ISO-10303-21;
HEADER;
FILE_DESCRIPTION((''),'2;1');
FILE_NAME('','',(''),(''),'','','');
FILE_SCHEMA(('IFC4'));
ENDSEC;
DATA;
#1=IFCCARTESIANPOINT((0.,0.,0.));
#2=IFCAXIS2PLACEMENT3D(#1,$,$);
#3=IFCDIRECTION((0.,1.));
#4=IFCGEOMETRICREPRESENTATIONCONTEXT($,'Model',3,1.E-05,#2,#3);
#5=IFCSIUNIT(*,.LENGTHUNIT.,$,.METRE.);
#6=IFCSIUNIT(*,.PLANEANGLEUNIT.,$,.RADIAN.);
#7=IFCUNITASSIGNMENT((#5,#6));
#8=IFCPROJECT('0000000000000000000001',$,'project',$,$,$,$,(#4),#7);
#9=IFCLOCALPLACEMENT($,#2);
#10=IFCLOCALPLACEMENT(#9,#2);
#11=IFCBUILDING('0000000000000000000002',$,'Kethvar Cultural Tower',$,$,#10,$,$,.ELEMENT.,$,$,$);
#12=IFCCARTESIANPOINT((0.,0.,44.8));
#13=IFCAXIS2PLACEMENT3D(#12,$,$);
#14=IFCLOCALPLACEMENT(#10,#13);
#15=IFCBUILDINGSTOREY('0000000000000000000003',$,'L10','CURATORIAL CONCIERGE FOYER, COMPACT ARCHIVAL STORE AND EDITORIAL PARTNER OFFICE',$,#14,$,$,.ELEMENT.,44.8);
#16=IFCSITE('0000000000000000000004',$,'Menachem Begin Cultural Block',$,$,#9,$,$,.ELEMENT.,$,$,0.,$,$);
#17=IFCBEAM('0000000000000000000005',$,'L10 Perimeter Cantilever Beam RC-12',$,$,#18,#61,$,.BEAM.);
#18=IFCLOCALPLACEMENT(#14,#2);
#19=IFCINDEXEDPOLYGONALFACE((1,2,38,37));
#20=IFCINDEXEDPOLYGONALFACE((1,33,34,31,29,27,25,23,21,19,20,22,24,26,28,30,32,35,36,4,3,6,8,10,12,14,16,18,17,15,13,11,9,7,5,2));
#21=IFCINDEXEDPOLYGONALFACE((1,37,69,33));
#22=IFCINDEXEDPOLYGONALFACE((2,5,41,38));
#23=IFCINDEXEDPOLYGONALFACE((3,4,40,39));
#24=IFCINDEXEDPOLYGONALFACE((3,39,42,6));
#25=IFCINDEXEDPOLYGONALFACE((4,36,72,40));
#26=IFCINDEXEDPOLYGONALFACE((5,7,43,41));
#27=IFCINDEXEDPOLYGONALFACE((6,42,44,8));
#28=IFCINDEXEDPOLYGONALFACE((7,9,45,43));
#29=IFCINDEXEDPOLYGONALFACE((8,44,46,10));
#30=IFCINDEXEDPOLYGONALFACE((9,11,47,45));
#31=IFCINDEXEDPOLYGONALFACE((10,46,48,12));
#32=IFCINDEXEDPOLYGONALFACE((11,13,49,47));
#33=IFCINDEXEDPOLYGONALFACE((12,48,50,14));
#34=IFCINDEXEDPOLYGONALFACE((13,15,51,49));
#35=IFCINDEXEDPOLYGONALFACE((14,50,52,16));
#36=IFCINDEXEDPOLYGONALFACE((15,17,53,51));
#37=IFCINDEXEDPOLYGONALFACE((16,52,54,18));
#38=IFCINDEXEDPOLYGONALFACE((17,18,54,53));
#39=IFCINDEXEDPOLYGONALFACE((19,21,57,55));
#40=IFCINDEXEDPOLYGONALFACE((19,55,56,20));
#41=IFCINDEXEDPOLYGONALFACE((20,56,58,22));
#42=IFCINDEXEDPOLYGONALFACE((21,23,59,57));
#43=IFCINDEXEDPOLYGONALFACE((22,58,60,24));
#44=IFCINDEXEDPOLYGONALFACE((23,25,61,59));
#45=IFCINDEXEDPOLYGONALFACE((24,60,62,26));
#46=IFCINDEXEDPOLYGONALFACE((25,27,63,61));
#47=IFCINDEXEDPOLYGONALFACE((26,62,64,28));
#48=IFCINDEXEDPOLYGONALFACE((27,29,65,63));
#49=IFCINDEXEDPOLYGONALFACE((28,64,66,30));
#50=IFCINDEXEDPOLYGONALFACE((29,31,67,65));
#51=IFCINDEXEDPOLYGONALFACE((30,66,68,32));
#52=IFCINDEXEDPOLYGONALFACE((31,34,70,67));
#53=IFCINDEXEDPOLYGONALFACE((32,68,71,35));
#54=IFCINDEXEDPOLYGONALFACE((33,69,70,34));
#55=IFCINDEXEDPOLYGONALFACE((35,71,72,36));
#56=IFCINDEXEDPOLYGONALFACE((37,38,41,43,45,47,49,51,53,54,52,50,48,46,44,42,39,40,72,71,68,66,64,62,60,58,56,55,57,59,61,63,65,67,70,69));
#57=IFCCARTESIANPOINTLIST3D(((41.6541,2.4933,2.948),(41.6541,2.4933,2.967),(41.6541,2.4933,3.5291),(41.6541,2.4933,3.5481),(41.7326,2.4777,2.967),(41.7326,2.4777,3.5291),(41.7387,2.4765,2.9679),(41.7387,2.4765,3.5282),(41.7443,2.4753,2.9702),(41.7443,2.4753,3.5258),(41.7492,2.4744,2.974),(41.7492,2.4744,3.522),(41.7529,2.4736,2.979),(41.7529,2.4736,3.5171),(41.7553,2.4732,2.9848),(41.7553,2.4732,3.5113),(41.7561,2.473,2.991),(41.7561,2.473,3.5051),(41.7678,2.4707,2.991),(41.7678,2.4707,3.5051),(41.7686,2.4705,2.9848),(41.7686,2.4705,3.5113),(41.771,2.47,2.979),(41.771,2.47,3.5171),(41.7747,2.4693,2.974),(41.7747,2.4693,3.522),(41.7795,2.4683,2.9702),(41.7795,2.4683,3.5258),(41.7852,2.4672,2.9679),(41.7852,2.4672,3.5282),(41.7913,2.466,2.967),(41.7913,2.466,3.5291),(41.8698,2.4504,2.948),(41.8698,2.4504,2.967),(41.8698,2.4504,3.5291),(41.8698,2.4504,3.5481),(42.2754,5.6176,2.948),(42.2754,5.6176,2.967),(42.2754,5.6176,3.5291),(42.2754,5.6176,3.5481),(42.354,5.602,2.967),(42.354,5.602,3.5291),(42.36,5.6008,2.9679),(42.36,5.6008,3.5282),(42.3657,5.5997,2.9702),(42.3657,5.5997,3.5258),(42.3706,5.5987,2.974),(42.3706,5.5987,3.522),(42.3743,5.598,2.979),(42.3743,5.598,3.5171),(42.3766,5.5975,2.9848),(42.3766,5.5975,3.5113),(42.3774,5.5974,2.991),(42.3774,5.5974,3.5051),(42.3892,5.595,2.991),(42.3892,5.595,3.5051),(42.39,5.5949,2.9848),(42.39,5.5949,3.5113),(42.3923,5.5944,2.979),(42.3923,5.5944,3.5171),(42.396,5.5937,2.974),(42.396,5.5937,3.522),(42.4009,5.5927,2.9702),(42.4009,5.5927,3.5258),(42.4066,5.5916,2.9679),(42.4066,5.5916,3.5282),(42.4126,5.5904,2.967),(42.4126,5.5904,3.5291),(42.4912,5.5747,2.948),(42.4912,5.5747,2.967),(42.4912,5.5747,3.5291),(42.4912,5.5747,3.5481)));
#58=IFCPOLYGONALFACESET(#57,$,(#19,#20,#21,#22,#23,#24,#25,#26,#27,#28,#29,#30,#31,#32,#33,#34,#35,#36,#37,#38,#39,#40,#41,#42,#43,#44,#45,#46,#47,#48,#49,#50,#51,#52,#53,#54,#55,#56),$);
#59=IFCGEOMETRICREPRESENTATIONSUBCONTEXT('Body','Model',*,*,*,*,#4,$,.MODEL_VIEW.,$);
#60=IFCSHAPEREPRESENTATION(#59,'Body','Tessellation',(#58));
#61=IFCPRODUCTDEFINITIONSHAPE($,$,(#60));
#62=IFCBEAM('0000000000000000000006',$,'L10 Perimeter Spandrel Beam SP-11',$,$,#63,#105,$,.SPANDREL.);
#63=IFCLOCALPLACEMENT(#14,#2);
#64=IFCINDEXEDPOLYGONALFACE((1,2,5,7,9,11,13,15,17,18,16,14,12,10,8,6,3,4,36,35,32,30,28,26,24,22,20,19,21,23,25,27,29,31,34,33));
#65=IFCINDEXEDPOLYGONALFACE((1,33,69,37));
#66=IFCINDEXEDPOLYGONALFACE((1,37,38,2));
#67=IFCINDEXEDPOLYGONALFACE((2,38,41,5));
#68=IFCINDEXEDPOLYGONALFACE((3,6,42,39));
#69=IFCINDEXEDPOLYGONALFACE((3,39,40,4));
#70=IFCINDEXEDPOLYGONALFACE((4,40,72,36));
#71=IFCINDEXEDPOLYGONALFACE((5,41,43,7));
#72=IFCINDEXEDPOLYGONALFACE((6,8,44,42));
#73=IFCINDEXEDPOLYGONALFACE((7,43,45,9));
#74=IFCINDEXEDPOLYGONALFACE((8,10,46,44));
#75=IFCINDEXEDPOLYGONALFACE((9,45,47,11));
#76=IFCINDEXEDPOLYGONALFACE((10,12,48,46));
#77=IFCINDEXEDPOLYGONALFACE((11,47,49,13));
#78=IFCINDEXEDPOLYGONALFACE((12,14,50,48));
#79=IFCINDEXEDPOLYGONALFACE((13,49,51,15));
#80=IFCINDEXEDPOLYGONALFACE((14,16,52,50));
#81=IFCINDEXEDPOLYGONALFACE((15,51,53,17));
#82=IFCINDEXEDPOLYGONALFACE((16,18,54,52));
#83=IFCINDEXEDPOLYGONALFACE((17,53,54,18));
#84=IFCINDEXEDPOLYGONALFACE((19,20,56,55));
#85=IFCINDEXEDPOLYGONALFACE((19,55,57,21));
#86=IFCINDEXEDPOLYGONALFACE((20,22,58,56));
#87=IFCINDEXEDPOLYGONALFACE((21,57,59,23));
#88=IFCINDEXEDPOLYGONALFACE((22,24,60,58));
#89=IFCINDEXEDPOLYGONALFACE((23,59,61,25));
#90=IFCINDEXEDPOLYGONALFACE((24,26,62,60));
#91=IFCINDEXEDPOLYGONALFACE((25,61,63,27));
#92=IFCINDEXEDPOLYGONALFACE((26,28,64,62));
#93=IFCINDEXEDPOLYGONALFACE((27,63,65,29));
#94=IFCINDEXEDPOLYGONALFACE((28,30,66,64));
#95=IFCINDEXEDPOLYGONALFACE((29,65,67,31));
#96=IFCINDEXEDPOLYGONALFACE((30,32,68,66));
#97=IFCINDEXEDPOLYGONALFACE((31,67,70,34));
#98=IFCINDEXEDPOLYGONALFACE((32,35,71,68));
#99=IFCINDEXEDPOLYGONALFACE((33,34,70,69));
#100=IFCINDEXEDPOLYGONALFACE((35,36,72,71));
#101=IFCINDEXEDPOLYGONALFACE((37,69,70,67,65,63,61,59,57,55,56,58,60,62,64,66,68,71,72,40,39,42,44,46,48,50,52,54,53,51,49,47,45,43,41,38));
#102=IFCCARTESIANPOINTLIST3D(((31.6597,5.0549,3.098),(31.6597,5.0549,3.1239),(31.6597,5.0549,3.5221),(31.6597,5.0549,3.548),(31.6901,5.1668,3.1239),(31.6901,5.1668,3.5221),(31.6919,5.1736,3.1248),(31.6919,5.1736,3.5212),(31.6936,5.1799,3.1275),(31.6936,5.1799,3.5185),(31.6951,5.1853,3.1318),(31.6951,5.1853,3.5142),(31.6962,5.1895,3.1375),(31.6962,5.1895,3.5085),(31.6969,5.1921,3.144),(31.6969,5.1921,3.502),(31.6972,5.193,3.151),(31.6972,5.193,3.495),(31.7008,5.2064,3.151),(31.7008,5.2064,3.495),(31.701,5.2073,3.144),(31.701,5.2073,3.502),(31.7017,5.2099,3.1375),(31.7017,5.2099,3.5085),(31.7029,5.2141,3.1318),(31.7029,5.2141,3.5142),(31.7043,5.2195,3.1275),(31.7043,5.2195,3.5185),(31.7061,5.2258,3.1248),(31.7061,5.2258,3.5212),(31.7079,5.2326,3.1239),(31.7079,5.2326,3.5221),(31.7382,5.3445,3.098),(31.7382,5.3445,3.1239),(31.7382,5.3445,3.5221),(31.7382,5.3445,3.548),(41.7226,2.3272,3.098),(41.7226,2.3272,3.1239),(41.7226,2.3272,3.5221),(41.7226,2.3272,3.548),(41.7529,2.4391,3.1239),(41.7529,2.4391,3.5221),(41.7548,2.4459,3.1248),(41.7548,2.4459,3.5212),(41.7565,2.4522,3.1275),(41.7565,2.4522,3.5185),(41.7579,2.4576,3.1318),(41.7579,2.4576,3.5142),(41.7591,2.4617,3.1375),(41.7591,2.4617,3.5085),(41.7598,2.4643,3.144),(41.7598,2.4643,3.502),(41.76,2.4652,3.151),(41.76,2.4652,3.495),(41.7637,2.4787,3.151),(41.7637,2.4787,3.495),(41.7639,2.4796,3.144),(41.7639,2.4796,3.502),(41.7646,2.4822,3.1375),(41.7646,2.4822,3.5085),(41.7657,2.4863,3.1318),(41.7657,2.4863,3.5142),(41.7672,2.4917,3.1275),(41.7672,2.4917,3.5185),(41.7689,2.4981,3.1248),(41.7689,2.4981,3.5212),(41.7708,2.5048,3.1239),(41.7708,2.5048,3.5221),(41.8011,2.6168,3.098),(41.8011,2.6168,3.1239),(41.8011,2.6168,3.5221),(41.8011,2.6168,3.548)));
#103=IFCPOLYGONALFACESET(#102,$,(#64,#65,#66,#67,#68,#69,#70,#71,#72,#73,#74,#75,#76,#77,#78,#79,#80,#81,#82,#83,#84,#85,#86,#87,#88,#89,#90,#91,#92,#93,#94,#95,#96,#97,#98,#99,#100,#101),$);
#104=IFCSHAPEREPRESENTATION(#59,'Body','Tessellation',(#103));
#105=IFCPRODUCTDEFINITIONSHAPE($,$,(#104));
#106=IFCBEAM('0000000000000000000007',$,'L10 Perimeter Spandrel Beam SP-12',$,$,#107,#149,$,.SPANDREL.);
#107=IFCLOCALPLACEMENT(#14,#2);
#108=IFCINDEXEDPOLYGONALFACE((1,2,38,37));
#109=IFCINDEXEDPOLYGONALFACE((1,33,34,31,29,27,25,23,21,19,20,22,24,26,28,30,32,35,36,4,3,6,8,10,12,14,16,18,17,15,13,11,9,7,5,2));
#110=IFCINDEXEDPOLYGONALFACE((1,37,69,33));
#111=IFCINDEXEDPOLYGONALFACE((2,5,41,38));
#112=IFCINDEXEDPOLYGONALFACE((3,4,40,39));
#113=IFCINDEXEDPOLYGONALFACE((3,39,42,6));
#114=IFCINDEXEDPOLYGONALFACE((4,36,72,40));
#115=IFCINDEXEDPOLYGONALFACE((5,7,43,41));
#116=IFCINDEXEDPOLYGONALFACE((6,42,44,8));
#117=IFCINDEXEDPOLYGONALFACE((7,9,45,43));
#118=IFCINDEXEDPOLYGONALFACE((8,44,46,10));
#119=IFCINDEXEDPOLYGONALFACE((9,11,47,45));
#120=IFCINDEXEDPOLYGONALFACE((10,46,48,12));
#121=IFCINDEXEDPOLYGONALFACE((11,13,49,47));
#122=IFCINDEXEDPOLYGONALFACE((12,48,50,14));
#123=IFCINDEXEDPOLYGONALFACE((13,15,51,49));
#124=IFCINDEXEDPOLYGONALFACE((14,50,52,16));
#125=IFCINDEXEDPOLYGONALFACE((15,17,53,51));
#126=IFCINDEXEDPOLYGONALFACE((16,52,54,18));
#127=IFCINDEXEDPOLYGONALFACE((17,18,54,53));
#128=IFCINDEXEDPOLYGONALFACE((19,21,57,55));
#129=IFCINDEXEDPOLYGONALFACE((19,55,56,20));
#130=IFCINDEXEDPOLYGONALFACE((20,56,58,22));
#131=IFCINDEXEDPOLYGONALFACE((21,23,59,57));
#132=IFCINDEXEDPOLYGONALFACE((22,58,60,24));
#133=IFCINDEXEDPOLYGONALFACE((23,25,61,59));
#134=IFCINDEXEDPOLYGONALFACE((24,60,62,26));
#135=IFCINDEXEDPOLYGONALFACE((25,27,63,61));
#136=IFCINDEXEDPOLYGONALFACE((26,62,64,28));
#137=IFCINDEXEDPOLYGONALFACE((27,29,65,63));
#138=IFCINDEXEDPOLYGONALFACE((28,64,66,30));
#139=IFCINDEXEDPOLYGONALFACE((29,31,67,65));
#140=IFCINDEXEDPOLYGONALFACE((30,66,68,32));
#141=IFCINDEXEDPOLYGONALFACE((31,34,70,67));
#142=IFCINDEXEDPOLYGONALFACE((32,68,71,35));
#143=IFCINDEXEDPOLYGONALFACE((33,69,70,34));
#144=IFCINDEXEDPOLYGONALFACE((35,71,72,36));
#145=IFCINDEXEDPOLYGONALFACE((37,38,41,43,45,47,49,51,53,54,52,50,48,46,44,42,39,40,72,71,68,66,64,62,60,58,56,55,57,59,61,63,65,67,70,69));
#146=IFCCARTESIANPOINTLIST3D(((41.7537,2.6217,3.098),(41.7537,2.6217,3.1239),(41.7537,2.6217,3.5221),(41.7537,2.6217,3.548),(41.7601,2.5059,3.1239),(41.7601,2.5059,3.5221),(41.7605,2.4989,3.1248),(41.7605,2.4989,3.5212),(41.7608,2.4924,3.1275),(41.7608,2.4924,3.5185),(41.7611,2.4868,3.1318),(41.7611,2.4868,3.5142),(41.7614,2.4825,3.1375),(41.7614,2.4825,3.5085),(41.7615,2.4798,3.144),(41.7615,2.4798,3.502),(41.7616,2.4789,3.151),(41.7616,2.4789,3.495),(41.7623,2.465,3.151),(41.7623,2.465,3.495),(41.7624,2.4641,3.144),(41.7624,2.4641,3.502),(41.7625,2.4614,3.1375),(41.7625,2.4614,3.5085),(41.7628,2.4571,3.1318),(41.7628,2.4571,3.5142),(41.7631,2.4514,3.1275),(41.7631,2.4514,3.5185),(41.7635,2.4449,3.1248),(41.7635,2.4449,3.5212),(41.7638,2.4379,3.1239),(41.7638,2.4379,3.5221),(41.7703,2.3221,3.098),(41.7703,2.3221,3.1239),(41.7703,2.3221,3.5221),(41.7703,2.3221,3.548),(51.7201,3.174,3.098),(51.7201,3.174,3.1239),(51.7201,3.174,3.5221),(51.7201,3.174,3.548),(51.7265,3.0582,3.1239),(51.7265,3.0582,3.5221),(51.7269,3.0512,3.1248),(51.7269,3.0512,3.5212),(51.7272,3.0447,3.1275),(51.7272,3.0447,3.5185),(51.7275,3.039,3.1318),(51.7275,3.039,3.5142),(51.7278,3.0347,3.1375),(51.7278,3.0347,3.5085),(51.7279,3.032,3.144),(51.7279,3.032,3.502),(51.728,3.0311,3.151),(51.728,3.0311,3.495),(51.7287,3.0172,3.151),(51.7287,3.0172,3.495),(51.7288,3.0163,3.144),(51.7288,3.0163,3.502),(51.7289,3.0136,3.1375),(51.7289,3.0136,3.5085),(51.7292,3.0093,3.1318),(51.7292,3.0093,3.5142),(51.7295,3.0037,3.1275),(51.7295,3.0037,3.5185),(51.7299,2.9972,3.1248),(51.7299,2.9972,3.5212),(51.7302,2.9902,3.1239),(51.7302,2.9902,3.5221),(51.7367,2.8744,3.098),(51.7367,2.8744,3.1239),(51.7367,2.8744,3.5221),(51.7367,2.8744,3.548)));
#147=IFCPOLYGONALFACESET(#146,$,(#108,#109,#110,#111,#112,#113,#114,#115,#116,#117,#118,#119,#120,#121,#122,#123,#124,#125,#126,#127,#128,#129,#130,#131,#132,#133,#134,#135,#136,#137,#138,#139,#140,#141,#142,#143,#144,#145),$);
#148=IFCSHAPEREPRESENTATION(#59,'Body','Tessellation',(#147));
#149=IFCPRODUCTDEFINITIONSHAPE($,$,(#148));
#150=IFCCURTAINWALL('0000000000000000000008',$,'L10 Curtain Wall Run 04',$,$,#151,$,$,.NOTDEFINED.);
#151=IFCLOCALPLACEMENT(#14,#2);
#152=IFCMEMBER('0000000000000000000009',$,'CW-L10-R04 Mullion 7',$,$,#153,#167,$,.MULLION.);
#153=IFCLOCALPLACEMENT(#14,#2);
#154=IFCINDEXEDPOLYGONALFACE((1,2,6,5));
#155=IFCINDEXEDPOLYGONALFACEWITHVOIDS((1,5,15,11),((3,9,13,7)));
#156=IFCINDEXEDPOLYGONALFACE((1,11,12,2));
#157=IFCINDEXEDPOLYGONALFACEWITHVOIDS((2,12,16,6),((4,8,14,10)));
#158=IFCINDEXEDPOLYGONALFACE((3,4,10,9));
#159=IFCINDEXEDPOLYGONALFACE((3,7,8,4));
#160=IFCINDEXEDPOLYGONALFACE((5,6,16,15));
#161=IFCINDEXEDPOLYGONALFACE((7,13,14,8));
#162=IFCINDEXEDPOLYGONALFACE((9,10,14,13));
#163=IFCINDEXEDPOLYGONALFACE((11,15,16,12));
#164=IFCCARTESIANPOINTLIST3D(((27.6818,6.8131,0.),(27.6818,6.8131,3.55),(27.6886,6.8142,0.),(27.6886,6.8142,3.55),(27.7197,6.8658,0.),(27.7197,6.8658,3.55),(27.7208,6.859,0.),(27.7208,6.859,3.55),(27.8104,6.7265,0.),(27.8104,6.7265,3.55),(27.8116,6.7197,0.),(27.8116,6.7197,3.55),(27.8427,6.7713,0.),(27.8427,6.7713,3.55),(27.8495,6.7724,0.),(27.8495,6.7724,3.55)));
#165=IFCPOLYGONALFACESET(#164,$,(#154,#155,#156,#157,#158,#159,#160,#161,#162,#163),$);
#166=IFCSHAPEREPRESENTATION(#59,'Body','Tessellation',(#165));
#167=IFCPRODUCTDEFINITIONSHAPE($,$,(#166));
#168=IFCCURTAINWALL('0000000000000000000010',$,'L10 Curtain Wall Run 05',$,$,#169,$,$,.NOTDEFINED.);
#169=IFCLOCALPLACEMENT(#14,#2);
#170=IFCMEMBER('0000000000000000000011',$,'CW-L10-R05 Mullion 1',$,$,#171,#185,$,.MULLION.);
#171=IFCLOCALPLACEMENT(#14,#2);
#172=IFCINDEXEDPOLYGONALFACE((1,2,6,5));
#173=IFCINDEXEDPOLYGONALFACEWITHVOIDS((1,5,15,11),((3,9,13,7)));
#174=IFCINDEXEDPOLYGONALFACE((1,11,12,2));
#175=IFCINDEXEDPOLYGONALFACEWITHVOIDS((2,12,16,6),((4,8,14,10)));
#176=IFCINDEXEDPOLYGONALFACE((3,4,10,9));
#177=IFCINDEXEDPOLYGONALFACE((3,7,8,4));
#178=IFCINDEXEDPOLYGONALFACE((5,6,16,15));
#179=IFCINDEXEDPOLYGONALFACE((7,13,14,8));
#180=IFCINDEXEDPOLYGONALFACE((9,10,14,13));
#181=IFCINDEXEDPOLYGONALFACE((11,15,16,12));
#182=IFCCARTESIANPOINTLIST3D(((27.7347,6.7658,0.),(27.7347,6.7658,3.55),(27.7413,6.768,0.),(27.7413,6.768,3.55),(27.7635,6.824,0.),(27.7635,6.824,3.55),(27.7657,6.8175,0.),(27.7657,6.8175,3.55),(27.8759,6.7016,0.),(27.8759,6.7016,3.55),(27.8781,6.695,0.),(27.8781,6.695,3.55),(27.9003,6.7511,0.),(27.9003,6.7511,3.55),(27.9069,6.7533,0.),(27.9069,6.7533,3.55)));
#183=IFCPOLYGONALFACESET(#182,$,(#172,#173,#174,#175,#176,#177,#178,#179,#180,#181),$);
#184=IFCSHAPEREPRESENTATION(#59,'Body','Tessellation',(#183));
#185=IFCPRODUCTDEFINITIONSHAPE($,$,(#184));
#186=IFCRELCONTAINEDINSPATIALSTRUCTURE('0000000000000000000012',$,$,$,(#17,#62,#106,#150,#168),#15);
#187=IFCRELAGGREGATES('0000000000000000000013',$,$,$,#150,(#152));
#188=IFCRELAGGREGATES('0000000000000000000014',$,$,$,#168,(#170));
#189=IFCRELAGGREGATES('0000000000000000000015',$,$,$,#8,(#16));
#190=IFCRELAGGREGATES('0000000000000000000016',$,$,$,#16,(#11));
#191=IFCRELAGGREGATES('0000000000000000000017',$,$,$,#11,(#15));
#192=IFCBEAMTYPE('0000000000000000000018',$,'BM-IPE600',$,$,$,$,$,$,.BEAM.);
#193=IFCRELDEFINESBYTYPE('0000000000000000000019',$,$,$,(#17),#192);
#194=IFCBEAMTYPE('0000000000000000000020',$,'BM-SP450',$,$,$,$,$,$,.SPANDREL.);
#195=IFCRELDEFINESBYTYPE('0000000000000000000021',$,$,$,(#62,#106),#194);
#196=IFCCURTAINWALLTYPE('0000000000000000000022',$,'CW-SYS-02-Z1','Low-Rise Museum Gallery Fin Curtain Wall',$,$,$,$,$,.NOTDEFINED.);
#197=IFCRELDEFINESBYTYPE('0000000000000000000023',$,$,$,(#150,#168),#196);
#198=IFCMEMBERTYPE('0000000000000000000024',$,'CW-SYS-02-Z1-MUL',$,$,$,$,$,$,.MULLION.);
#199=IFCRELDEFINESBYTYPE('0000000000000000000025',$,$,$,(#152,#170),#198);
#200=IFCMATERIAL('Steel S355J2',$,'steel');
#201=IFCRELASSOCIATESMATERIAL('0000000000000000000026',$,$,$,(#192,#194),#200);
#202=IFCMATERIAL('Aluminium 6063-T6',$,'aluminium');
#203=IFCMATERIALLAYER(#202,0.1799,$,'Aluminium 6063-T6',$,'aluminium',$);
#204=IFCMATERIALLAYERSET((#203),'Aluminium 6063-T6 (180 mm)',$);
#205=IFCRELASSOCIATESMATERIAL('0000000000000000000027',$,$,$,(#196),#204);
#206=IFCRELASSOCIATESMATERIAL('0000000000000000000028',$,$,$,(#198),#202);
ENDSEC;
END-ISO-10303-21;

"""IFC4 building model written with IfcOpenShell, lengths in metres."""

from ifc_helpers import new_model, si_unit, direction, frame, origin, origin_2d, place, context, subcontext, project, spatial, hollow_rectangle, i_section, extrude, source, transform, mapped, material, layer, layer_set, material_profile, profile_set, type_object, element, aggregate, save


model = new_model("IFC4")

# Units and contexts
model_context = context("Model", 3, precision=1e-05, world=origin(), true_north=direction((0.0, 1.0)))
body_context = subcontext(model_context, "Body", "Model", "MODEL_VIEW")
ifc_project = project(units=[si_unit("LENGTHUNIT", "METRE"), si_unit("PLANEANGLEUNIT", "RADIAN")], contexts=[model_context])

# Site, building, storey
site_placement = place(None, origin())
site = spatial("IfcSite", under=ifc_project, at=site_placement, Name="Menachem Begin Cultural Block", CompositionType="ELEMENT", RefElevation=0.0)
building_placement = place(site_placement, origin())
building = spatial("IfcBuilding", under=site, at=building_placement, Name="Kethvar Cultural Tower", CompositionType="ELEMENT")
storey_placement = place(building_placement, frame((0.0, 0.0, 44.8)))
storey = spatial("IfcBuildingStorey", under=building, at=storey_placement, Name="L10", Description="CURATORIAL CONCIERGE FOYER, COMPACT ARCHIVAL STORE AND EDITORIAL PARTNER OFFICE", CompositionType="ELEMENT", Elevation=44.8)

# Beams
ifc_material_1 = material(Name="Steel S355J2", Category="steel")
ifc_material_profile_1 = material_profile(ifc_material_1, i_section(OverallWidth=0.22, OverallDepth=0.6001, WebThickness=0.012, FlangeThickness=0.019, FilletRadius=0.0239, at=origin_2d()), Name="Steel S355J2 — IPE600")
ifc_profile_set_1 = profile_set([ifc_material_profile_1], Name="Steel S355J2 — IPE600")
beam_type_1 = type_object("IfcBeamType", Name="BM-IPE600", PredefinedType="BEAM", material=ifc_profile_set_1)
shared_shape_1 = source(origin(), body_context, "Body", "SweptSolid", [
    extrude(i_section(OverallWidth=0.22, OverallDepth=0.6001, WebThickness=0.012, FlangeThickness=0.019, FilletRadius=0.0239, at=origin_2d()), origin(), (0.0, 0.0, 1.0), 3.1855),
])
beam_1_placement = place(storey_placement, frame((42.3833, 5.5962, 3.248), z_axis=(-0.195055, -0.980792, 0.0), x_axis=(0.980792, -0.195055, 0.0)))
element("IfcBeam", 1, at=beam_1_placement, inside=storey, type_object=beam_type_1, Name="L10 Perimeter Cantilever Beam RC-12", PredefinedType="BEAM", context=body_context, shape_type="MappedRepresentation", body=[
    mapped(shared_shape_1, transform((0.0, 0.0, 0.0), scale=1.0)),
])
ifc_material_profile_2 = material_profile(ifc_material_1, i_section(OverallWidth=0.3, OverallDepth=0.45, WebThickness=0.0139, FlangeThickness=0.0259, FilletRadius=0.0271, at=origin_2d()), Name="Steel S355J2 — HEB450")
ifc_profile_set_2 = profile_set([ifc_material_profile_2], Name="Steel S355J2 — HEB450")
beam_type_2 = type_object("IfcBeamType", Name="BM-SP450", PredefinedType="SPANDREL", material=ifc_profile_set_2)
shared_shape_2 = source(origin(), body_context, "Body", "SweptSolid", [
    extrude(i_section(OverallWidth=0.3, OverallDepth=0.45, WebThickness=0.0139, FlangeThickness=0.0259, FilletRadius=0.0271, at=origin_2d()), origin(), (0.0, 0.0, 1.0), 10.426),
])
beam_2_placement = place(storey_placement, frame((31.699, 5.1997, 3.323), z_axis=(0.965168, -0.261629, 0.0), x_axis=(0.261629, 0.965168, 0.0)))
element("IfcBeam", 2, at=beam_2_placement, inside=storey, type_object=beam_type_2, Name="L10 Perimeter Spandrel Beam SP-11", PredefinedType="SPANDREL", context=body_context, shape_type="MappedRepresentation", body=[
    mapped(shared_shape_2, transform((0.0, 0.0, 0.0), scale=1.0)),
])
shared_shape_3 = source(origin(), body_context, "Body", "SweptSolid", [
    extrude(i_section(OverallWidth=0.3, OverallDepth=0.45, WebThickness=0.0139, FlangeThickness=0.0259, FilletRadius=0.0271, at=origin_2d()), origin(), (0.0, 0.0, 1.0), 9.9817),
])
beam_3_placement = place(storey_placement, frame((41.762, 2.4719, 3.323), z_axis=(0.998468, 0.055326, 0.0), x_axis=(-0.055326, 0.998468, 0.0)))
element("IfcBeam", 3, at=beam_3_placement, inside=storey, type_object=beam_type_2, Name="L10 Perimeter Spandrel Beam SP-12", PredefinedType="SPANDREL", context=body_context, shape_type="MappedRepresentation", body=[
    mapped(shared_shape_3, transform((0.0, 0.0, 0.0), scale=1.0)),
])

# Curtain wall, member
ifc_material_2 = material(Name="Aluminium 6063-T6", Category="aluminium")
ifc_layer_1 = layer(ifc_material_2, 0.1799, Name="Aluminium 6063-T6", Category="aluminium")
ifc_layer_set_1 = layer_set([ifc_layer_1], Name="Aluminium 6063-T6 (180 mm)")
curtain_wall_type = type_object("IfcCurtainWallType", Name="CW-SYS-02-Z1", Description="Low-Rise Museum Gallery Fin Curtain Wall", PredefinedType="NOTDEFINED", material=ifc_layer_set_1)
curtain_wall_1_placement = place(storey_placement, origin())
curtain_wall_1 = element("IfcCurtainWall", 4, at=curtain_wall_1_placement, inside=storey, type_object=curtain_wall_type, Name="L10 Curtain Wall Run 04", PredefinedType="NOTDEFINED")
ifc_material_profile_3 = material_profile(ifc_material_2, hollow_rectangle(XDim=0.0649, YDim=0.1599, WallThickness=0.0049, at=origin_2d()), Name="Aluminium 6063-T6 — RHS160x65x5")
ifc_profile_set_3 = profile_set([ifc_material_profile_3], Name="Aluminium 6063-T6 — RHS160x65x5")
member_type_1 = type_object("IfcMemberType", Name="CW-SYS-02-Z1-MUL", PredefinedType="MULLION", material=ifc_profile_set_3)
shared_shape_4 = source(origin(), body_context, "Body", "SweptSolid", [
    extrude(hollow_rectangle(XDim=0.0649, YDim=0.1599, WallThickness=0.0049, at=origin_2d()), origin(), (0.0, 0.0, 1.0), 3.55),
])
member_1_placement = place(storey_placement, frame((27.7656, 6.7927, 0.0), z_axis=(0.0, 0.0, 1.0), x_axis=(0.584179, 0.811625, 0.0)))
member_1 = element("IfcMember", 5, at=member_1_placement, type_object=member_type_1, Name="CW-L10-R04 Mullion 7", PredefinedType="MULLION", context=body_context, shape_type="MappedRepresentation", body=[
    mapped(shared_shape_4, transform((0.0, 0.0, 0.0), scale=1.0)),
])
aggregate(curtain_wall_1, [member_1])

# Curtain wall, member
curtain_wall_2_placement = place(storey_placement, origin())
curtain_wall_2 = element("IfcCurtainWall", 6, at=curtain_wall_2_placement, inside=storey, type_object=curtain_wall_type, Name="L10 Curtain Wall Run 05", PredefinedType="NOTDEFINED")
member_2_placement = place(storey_placement, frame((27.8208, 6.7595, 0.0), z_axis=(0.0, 0.0, 1.0), x_axis=(0.442383, 0.896826, 0.0)))
member_2 = element("IfcMember", 7, at=member_2_placement, type_object=member_type_1, Name="CW-L10-R05 Mullion 1", PredefinedType="MULLION", context=body_context, shape_type="MappedRepresentation", body=[
    mapped(shared_shape_4, transform((0.0, 0.0, 0.0), scale=1.0)),
])
aggregate(curtain_wall_2, [member_2])

save(model, "model.ifc")
